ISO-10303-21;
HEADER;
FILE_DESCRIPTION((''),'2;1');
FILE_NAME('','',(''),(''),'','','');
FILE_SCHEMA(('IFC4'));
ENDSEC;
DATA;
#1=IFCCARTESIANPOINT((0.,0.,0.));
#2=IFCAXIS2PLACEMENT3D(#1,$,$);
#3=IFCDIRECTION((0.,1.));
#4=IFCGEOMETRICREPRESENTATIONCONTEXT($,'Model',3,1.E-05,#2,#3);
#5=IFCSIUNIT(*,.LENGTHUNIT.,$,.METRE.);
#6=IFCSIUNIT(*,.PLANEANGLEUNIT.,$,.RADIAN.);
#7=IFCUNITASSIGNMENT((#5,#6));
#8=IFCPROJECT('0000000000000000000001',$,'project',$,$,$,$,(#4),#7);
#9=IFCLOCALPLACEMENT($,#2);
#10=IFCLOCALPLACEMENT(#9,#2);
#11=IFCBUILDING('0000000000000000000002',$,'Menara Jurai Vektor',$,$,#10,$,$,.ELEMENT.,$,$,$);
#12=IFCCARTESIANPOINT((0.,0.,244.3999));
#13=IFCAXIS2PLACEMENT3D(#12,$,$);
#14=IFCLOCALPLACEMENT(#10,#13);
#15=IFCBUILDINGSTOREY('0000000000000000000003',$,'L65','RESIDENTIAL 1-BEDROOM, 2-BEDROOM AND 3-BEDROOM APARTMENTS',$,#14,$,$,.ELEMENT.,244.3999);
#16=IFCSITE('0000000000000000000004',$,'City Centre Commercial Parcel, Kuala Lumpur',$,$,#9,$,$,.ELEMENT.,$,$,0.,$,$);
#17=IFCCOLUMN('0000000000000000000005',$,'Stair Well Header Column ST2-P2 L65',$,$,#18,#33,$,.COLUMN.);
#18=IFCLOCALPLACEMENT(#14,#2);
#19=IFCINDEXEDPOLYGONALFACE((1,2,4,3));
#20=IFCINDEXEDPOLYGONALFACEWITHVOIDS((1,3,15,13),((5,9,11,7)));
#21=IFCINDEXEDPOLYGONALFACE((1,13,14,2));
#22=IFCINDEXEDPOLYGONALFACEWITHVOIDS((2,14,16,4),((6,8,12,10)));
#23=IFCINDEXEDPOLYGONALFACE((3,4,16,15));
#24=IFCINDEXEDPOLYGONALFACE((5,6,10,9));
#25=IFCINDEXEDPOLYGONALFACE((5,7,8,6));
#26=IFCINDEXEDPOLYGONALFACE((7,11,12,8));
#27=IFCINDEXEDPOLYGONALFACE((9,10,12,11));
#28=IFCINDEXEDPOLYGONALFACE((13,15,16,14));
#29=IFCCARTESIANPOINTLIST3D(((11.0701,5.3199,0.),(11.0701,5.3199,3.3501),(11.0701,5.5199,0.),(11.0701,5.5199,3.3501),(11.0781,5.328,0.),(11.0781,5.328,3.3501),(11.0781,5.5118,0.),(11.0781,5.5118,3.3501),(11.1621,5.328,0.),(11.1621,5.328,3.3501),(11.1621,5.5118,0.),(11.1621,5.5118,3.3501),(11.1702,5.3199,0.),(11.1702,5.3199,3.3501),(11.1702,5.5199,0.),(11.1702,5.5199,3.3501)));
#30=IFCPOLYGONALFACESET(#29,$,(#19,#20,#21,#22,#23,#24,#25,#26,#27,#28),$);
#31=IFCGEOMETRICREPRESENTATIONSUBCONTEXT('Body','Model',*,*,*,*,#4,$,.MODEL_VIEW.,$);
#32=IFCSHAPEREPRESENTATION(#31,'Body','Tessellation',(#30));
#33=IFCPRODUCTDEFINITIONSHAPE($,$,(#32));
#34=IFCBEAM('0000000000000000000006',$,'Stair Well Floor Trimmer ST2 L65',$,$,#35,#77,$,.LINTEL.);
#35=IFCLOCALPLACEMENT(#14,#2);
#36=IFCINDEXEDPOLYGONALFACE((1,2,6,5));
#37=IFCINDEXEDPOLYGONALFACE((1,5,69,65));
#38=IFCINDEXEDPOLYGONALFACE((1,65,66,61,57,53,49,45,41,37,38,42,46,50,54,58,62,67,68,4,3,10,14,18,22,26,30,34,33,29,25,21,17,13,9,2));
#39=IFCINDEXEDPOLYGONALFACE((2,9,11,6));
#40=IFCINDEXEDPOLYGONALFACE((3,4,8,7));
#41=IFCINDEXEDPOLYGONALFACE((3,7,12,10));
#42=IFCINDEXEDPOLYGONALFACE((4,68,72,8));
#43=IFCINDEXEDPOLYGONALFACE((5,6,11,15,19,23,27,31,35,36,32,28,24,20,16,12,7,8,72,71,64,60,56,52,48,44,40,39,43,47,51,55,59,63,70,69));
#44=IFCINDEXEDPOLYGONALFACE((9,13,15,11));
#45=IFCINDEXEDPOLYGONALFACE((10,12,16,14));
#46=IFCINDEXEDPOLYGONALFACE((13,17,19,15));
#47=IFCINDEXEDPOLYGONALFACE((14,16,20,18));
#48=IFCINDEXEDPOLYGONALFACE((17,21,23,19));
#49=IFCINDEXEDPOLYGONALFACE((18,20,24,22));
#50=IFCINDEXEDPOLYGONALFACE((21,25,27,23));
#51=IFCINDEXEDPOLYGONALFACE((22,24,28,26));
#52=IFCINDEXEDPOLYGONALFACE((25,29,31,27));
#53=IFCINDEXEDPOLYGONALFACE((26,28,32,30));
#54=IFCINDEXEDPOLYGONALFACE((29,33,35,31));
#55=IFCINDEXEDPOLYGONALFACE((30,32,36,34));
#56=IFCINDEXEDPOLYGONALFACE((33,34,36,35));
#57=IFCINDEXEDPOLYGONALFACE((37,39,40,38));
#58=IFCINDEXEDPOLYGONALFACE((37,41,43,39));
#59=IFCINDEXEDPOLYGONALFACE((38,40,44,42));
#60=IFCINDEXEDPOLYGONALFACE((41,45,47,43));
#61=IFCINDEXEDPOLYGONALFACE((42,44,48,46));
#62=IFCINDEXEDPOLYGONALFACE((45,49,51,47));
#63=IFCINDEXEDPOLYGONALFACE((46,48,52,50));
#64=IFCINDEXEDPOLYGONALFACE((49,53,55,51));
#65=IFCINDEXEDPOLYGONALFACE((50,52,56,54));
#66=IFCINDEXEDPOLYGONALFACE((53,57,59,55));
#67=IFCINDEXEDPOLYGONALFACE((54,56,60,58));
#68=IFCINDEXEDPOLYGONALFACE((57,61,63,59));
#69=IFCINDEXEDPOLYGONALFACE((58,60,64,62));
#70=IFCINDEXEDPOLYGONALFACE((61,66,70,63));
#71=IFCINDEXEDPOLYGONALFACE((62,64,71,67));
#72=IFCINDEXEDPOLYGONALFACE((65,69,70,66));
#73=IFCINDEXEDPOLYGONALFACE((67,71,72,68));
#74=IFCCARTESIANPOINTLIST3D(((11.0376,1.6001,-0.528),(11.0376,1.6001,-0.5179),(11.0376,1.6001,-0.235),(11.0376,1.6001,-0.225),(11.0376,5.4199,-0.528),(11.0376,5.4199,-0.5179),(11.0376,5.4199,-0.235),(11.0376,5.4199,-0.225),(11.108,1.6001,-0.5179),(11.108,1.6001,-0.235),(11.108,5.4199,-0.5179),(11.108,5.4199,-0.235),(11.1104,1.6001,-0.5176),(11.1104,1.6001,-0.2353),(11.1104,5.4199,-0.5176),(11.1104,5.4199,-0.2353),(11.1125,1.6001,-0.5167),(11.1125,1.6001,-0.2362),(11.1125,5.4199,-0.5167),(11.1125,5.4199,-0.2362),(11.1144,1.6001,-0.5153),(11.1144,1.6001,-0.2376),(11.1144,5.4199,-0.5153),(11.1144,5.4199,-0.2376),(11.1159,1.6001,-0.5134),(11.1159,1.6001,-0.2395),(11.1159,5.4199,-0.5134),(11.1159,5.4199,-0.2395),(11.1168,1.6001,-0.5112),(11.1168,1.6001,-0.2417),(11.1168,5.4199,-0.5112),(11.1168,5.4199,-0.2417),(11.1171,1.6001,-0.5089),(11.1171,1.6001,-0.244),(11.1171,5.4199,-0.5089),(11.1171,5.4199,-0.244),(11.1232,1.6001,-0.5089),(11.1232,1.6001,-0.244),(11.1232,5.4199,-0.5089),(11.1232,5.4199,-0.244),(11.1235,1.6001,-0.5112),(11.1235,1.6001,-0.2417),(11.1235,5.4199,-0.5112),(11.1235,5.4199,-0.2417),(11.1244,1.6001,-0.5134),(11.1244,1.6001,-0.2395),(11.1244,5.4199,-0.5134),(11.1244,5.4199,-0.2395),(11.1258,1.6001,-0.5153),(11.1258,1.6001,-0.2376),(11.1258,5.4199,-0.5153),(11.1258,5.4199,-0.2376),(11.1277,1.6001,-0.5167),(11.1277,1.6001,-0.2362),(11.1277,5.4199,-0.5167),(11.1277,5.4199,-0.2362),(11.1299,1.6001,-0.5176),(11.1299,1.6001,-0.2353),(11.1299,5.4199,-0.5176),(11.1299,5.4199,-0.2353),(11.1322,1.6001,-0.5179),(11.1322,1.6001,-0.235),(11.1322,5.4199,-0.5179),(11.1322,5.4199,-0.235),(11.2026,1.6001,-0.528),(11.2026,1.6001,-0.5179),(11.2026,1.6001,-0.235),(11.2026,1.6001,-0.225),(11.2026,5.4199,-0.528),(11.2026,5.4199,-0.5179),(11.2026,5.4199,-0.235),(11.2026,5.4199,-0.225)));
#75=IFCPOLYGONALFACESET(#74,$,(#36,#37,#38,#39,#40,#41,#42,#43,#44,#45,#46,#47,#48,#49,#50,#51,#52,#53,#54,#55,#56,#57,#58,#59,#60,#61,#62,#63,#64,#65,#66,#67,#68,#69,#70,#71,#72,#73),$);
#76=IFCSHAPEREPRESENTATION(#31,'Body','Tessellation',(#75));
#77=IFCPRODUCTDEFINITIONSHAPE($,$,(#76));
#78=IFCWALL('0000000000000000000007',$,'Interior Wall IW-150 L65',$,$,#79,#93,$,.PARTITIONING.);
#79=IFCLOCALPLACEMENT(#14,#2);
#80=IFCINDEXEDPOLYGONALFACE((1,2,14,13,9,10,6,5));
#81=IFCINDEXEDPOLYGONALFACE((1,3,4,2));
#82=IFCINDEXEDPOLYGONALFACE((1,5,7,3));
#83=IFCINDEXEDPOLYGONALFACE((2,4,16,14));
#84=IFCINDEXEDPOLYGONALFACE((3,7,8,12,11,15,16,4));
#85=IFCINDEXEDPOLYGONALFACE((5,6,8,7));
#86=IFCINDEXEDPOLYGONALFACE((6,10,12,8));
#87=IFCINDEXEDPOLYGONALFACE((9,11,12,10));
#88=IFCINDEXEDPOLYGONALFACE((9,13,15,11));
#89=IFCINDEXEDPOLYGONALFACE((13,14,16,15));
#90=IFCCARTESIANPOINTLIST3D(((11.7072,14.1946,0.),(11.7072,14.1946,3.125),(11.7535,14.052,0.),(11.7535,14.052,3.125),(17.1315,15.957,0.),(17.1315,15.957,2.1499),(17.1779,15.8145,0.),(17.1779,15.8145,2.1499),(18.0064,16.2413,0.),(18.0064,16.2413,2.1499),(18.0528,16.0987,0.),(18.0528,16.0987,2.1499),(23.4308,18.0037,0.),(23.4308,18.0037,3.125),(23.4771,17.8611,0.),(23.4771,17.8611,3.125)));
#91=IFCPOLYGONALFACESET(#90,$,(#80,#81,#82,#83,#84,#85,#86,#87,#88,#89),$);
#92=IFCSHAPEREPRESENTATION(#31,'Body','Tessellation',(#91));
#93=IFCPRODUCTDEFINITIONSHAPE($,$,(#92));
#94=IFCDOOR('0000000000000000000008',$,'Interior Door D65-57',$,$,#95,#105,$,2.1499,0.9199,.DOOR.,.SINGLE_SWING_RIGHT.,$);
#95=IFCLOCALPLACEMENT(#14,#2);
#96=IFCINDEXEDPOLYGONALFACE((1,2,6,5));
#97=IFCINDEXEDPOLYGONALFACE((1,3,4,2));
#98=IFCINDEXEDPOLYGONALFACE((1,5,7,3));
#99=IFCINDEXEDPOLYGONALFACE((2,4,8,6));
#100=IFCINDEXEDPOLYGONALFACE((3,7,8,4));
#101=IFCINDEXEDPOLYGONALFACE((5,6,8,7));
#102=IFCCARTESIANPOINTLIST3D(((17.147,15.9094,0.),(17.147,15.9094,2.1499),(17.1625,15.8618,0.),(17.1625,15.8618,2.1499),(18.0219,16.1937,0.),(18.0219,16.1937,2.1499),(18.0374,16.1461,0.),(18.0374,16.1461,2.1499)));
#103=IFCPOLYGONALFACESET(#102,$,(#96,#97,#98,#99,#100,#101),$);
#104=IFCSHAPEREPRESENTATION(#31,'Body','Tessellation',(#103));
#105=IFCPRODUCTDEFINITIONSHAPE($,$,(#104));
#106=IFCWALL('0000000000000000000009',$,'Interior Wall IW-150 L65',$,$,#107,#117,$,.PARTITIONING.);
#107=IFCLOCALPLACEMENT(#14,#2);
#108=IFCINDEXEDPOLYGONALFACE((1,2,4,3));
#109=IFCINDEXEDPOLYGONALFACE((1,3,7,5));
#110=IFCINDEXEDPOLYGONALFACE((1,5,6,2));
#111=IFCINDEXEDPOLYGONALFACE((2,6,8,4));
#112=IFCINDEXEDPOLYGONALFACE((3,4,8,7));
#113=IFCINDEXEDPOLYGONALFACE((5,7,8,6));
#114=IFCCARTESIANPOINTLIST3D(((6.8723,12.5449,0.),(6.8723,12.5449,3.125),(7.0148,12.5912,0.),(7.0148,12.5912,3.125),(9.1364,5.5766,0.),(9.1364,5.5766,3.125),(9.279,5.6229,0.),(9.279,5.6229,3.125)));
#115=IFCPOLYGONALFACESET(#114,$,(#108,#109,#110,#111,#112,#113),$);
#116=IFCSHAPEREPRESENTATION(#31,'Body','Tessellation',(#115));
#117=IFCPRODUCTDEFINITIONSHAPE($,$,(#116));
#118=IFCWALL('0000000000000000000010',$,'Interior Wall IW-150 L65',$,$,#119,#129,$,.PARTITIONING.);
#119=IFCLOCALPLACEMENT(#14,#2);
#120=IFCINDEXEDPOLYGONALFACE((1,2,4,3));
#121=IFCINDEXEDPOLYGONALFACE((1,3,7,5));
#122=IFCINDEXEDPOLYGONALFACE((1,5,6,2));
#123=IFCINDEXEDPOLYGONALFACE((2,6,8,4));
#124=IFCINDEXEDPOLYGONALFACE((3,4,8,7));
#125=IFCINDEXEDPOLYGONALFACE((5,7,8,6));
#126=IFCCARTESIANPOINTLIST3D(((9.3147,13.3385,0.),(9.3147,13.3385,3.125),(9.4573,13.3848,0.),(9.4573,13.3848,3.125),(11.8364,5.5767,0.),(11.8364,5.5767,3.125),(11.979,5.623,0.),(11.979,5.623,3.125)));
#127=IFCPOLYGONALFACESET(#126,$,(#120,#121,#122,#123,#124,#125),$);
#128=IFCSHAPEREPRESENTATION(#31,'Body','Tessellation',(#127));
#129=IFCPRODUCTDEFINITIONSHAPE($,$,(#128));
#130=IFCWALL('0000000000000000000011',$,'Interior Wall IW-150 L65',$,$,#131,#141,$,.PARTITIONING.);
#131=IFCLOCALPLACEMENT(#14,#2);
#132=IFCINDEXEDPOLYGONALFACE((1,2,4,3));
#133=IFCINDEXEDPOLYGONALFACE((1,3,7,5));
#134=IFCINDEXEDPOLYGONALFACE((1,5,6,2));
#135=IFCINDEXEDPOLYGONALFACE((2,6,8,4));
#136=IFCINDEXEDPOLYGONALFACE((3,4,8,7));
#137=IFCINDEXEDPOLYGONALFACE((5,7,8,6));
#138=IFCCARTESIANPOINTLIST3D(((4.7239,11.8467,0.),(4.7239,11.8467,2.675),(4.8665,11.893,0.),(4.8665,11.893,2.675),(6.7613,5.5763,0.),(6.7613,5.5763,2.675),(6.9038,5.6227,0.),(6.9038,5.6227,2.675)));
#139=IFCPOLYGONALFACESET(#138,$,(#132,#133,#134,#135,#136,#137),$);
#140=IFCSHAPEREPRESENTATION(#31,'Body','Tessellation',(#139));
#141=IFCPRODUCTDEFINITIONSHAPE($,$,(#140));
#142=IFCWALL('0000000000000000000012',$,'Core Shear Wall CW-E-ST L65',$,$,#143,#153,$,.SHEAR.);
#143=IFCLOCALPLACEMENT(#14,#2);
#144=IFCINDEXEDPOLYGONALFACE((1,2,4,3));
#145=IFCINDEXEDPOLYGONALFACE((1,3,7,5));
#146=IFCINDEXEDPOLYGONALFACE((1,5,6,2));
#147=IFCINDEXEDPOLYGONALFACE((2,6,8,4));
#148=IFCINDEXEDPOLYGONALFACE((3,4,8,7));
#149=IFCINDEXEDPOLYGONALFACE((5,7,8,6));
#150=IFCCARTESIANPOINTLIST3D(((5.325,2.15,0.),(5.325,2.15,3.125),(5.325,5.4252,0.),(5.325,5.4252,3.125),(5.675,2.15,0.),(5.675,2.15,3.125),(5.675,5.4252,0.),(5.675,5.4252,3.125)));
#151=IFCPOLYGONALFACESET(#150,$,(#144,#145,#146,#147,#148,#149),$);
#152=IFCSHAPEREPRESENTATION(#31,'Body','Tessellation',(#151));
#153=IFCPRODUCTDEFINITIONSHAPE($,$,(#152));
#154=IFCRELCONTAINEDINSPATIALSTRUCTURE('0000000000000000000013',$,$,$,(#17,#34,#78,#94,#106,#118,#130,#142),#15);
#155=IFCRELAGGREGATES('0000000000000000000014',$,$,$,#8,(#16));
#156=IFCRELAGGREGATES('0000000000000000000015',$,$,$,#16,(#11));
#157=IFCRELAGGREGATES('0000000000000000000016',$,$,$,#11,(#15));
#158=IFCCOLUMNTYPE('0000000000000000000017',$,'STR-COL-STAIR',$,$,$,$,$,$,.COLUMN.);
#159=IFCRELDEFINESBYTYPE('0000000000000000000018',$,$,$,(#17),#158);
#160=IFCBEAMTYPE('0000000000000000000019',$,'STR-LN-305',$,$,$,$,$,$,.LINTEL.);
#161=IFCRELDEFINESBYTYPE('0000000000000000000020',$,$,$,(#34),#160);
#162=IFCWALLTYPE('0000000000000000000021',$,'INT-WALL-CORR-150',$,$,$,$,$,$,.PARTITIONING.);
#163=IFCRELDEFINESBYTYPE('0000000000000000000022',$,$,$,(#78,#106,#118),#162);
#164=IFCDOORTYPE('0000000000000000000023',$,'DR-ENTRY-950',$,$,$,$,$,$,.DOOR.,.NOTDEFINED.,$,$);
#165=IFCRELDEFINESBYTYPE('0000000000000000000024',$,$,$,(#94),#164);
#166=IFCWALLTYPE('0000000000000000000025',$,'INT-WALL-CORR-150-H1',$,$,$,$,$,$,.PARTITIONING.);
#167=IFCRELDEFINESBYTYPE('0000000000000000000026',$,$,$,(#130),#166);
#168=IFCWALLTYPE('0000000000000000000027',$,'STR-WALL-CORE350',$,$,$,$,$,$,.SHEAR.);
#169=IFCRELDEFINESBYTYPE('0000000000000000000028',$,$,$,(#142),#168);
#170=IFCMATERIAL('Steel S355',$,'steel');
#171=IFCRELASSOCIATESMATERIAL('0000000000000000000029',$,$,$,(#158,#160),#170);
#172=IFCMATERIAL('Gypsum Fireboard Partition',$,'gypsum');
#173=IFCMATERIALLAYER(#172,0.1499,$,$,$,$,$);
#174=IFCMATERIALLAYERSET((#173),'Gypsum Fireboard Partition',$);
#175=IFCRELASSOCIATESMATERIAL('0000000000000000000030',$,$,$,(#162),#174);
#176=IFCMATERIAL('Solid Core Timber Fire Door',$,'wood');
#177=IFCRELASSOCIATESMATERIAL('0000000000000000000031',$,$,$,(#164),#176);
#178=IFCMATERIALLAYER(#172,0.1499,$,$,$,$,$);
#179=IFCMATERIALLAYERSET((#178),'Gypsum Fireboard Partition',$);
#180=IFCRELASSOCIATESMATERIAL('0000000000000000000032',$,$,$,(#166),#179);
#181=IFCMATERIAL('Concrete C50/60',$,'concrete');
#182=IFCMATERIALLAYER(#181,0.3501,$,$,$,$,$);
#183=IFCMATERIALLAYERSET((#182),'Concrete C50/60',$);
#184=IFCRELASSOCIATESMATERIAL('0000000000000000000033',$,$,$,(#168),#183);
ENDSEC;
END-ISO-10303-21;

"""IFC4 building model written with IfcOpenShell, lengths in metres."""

from ifc_helpers import new_model, si_unit, direction, frame, frame_2d, origin, origin_2d, place, context, subcontext, project, spatial, rectangle, hollow_rectangle, i_section, extrude, material, layer, layer_set, material_profile, profile_set, type_object, element, fill, save


model = new_model("IFC4")

# Units and contexts
model_context = context("Model", 3, precision=1e-05, world=origin(), true_north=direction((0.0, 1.0)))
body_context = subcontext(model_context, "Body", "Model", "MODEL_VIEW")
ifc_project = project(units=[si_unit("LENGTHUNIT", "METRE"), si_unit("PLANEANGLEUNIT", "RADIAN")], contexts=[model_context])

# Site, building, storey
site_placement = place(None, origin())
site = spatial("IfcSite", under=ifc_project, at=site_placement, Name="City Centre Commercial Parcel, Kuala Lumpur", CompositionType="ELEMENT", RefElevation=0.0)
building_placement = place(site_placement, origin())
building = spatial("IfcBuilding", under=site, at=building_placement, Name="Menara Jurai Vektor", CompositionType="ELEMENT")
storey_placement = place(building_placement, frame((0.0, 0.0, 244.3999)))
storey = spatial("IfcBuildingStorey", under=building, at=storey_placement, Name="L65", Description="RESIDENTIAL 1-BEDROOM, 2-BEDROOM AND 3-BEDROOM APARTMENTS", CompositionType="ELEMENT", Elevation=244.3999)

# Column
ifc_material_1 = material(Name="Steel S355", Category="steel")
ifc_material_profile_1 = material_profile(ifc_material_1, hollow_rectangle(XDim=0.1001, YDim=0.2, WallThickness=0.0081, at=origin_2d()), Name="RHS 200x100x8")
ifc_profile_set_1 = profile_set([ifc_material_profile_1], Name="Steel S355")
column_type = type_object("IfcColumnType", Name="STR-COL-STAIR", PredefinedType="COLUMN", material=ifc_profile_set_1)
column_placement = place(storey_placement, frame((11.1201, 5.4199, 0.0), z_axis=(0.0, 0.0, 1.0), x_axis=(1.0, 0.0, 0.0)))
element("IfcColumn", 1, at=column_placement, inside=storey, type_object=column_type, Name="Stair Well Header Column ST2-P2 L65", PredefinedType="COLUMN", context=body_context, shape_type="SweptSolid", body=[
    extrude(hollow_rectangle(XDim=0.1001, YDim=0.2, WallThickness=0.0081, at=origin_2d()), origin(), (0.0, 0.0, 1.0), 3.3501),
])

# Beam
ifc_material_profile_2 = material_profile(ifc_material_1, i_section(OverallWidth=0.165, OverallDepth=0.303, WebThickness=0.0061, FlangeThickness=0.01, FilletRadius=0.009, at=origin_2d()), Name="UKB 305x165x40")
ifc_profile_set_2 = profile_set([ifc_material_profile_2], Name="Steel S355")
beam_type = type_object("IfcBeamType", Name="STR-LN-305", PredefinedType="LINTEL", material=ifc_profile_set_2)
beam_placement = place(storey_placement, frame((11.1201, 1.6001, -0.3765), z_axis=(0.0, 1.0, 0.0), x_axis=(-1.0, 0.0, 0.0)))
element("IfcBeam", 2, at=beam_placement, inside=storey, type_object=beam_type, Name="Stair Well Floor Trimmer ST2 L65", PredefinedType="LINTEL", context=body_context, shape_type="SweptSolid", body=[
    extrude(i_section(OverallWidth=0.165, OverallDepth=0.303, WebThickness=0.0061, FlangeThickness=0.01, FilletRadius=0.009, at=origin_2d()), origin(), (0.0, 0.0, 1.0), 3.8198),
])

# Wall, opening, door
ifc_material_2 = material(Name="Gypsum Fireboard Partition", Category="gypsum")
ifc_layer_1 = layer(ifc_material_2, 0.1499)
ifc_layer_set_1 = layer_set([ifc_layer_1], Name="Gypsum Fireboard Partition")
wall_type_1 = type_object("IfcWallType", Name="INT-WALL-CORR-150", PredefinedType="PARTITIONING", material=ifc_layer_set_1)
ifc_material_3 = material(Name="Solid Core Timber Fire Door", Category="wood")
door_type = type_object("IfcDoorType", Name="DR-ENTRY-950", OperationType="NOTDEFINED", PredefinedType="DOOR", material=ifc_material_3)
wall_1_placement = place(storey_placement, frame((11.7302, 14.1233, 0.0), z_axis=(0.0, 0.0, 1.0), x_axis=(0.95106, 0.309005, 0.0)))
wall_1 = element("IfcWall", 3, at=wall_1_placement, inside=storey, type_object=wall_type_1, Name="Interior Wall IW-150 L65", PredefinedType="PARTITIONING", context=body_context, shape_type="SweptSolid", body=[
    extrude(rectangle(XDim=12.3269, YDim=0.1499, at=frame_2d((6.1636, 0.0))), origin(), (0.0, 0.0, 1.0), 3.125),
])
opening_1_placement = place(wall_1_placement, frame((5.7036, 0.0, 0.0)))
opening_1 = element("IfcOpeningElement", 4, at=opening_1_placement, cuts=wall_1, PredefinedType="OPENING", context=body_context, shape_type="SweptSolid", body=[
    extrude(rectangle(XDim=0.9199, YDim=2.1499, at=frame_2d((0.46, 1.075))), frame((0.0, 0.085, 0.0), z_axis=(0.0, -1.0, 0.0), x_axis=(1.0, 0.0, 0.0)), (0.0, 0.0, 1.0), 0.1699),
])
door_1_placement = place(opening_1_placement, origin())
door_1 = element("IfcDoor", 5, at=door_1_placement, inside=storey, type_object=door_type, Name="Interior Door D65-57", OperationType="SINGLE_SWING_RIGHT", OverallHeight=2.1499, OverallWidth=0.9199, PredefinedType="DOOR", context=body_context, shape_type="SweptSolid", body=[
    extrude(rectangle(XDim=0.9199, YDim=2.1499, at=frame_2d((0.46, 1.075))), frame((0.0, 0.0249, 0.0), z_axis=(0.0, -1.0, 0.0), x_axis=(1.0, 0.0, 0.0)), (0.0, 0.0, 1.0), 0.05),
])
fill(opening_1, door_1)

# Walls
wall_2_placement = place(storey_placement, frame((9.2078, 5.5996, 0.0), z_axis=(0.0, 0.0, 1.0), x_axis=(-0.309021, 0.951055, 0.0)))
element("IfcWall", 6, at=wall_2_placement, inside=storey, type_object=wall_type_1, Name="Interior Wall IW-150 L65", PredefinedType="PARTITIONING", context=body_context, shape_type="SweptSolid", body=[
    extrude(rectangle(XDim=7.3269, YDim=0.1499, at=frame_2d((3.6636, 0.0))), origin(), (0.0, 0.0, 1.0), 3.125),
])
wall_3_placement = place(storey_placement, frame((11.9077, 5.5999, 0.0), z_axis=(0.0, 0.0, 1.0), x_axis=(-0.308994, 0.951064, 0.0)))
element("IfcWall", 7, at=wall_3_placement, inside=storey, type_object=wall_type_1, Name="Interior Wall IW-150 L65", PredefinedType="PARTITIONING", context=body_context, shape_type="SweptSolid", body=[
    extrude(rectangle(XDim=8.1611, YDim=0.1499, at=frame_2d((4.0806, 0.0))), origin(), (0.0, 0.0, 1.0), 3.125),
])
ifc_layer_2 = layer(ifc_material_2, 0.1499)
ifc_layer_set_2 = layer_set([ifc_layer_2], Name="Gypsum Fireboard Partition")
wall_type_2 = type_object("IfcWallType", Name="INT-WALL-CORR-150-H1", PredefinedType="PARTITIONING", material=ifc_layer_set_2)
wall_4_placement = place(storey_placement, frame((6.8325, 5.5996, 0.0), z_axis=(0.0, 0.0, 1.0), x_axis=(-0.30902, 0.951056, 0.0)))
element("IfcWall", 8, at=wall_4_placement, inside=storey, type_object=wall_type_2, Name="Interior Wall IW-150 L65", PredefinedType="PARTITIONING", context=body_context, shape_type="SweptSolid", body=[
    extrude(rectangle(XDim=6.593, YDim=0.1499, at=frame_2d((3.2964, 0.0))), origin(), (0.0, 0.0, 1.0), 2.675),
])
ifc_material_4 = material(Name="Concrete C50/60", Category="concrete")
ifc_layer_3 = layer(ifc_material_4, 0.3501)
ifc_layer_set_3 = layer_set([ifc_layer_3], Name="Concrete C50/60")
wall_type_3 = type_object("IfcWallType", Name="STR-WALL-CORE350", PredefinedType="SHEAR", material=ifc_layer_set_3)
wall_5_placement = place(storey_placement, frame((5.5, 2.1499, 0.0), z_axis=(0.0, 0.0, 1.0), x_axis=(0.0, 1.0, 0.0)))
element("IfcWall", 9, at=wall_5_placement, inside=storey, type_object=wall_type_3, Name="Core Shear Wall CW-E-ST L65", PredefinedType="SHEAR", context=body_context, shape_type="SweptSolid", body=[
    extrude(rectangle(XDim=3.2751, YDim=0.3501, at=frame_2d((1.6377, 0.0))), origin(), (0.0, 0.0, 1.0), 3.125),
])

save(model, "model.ifc")
